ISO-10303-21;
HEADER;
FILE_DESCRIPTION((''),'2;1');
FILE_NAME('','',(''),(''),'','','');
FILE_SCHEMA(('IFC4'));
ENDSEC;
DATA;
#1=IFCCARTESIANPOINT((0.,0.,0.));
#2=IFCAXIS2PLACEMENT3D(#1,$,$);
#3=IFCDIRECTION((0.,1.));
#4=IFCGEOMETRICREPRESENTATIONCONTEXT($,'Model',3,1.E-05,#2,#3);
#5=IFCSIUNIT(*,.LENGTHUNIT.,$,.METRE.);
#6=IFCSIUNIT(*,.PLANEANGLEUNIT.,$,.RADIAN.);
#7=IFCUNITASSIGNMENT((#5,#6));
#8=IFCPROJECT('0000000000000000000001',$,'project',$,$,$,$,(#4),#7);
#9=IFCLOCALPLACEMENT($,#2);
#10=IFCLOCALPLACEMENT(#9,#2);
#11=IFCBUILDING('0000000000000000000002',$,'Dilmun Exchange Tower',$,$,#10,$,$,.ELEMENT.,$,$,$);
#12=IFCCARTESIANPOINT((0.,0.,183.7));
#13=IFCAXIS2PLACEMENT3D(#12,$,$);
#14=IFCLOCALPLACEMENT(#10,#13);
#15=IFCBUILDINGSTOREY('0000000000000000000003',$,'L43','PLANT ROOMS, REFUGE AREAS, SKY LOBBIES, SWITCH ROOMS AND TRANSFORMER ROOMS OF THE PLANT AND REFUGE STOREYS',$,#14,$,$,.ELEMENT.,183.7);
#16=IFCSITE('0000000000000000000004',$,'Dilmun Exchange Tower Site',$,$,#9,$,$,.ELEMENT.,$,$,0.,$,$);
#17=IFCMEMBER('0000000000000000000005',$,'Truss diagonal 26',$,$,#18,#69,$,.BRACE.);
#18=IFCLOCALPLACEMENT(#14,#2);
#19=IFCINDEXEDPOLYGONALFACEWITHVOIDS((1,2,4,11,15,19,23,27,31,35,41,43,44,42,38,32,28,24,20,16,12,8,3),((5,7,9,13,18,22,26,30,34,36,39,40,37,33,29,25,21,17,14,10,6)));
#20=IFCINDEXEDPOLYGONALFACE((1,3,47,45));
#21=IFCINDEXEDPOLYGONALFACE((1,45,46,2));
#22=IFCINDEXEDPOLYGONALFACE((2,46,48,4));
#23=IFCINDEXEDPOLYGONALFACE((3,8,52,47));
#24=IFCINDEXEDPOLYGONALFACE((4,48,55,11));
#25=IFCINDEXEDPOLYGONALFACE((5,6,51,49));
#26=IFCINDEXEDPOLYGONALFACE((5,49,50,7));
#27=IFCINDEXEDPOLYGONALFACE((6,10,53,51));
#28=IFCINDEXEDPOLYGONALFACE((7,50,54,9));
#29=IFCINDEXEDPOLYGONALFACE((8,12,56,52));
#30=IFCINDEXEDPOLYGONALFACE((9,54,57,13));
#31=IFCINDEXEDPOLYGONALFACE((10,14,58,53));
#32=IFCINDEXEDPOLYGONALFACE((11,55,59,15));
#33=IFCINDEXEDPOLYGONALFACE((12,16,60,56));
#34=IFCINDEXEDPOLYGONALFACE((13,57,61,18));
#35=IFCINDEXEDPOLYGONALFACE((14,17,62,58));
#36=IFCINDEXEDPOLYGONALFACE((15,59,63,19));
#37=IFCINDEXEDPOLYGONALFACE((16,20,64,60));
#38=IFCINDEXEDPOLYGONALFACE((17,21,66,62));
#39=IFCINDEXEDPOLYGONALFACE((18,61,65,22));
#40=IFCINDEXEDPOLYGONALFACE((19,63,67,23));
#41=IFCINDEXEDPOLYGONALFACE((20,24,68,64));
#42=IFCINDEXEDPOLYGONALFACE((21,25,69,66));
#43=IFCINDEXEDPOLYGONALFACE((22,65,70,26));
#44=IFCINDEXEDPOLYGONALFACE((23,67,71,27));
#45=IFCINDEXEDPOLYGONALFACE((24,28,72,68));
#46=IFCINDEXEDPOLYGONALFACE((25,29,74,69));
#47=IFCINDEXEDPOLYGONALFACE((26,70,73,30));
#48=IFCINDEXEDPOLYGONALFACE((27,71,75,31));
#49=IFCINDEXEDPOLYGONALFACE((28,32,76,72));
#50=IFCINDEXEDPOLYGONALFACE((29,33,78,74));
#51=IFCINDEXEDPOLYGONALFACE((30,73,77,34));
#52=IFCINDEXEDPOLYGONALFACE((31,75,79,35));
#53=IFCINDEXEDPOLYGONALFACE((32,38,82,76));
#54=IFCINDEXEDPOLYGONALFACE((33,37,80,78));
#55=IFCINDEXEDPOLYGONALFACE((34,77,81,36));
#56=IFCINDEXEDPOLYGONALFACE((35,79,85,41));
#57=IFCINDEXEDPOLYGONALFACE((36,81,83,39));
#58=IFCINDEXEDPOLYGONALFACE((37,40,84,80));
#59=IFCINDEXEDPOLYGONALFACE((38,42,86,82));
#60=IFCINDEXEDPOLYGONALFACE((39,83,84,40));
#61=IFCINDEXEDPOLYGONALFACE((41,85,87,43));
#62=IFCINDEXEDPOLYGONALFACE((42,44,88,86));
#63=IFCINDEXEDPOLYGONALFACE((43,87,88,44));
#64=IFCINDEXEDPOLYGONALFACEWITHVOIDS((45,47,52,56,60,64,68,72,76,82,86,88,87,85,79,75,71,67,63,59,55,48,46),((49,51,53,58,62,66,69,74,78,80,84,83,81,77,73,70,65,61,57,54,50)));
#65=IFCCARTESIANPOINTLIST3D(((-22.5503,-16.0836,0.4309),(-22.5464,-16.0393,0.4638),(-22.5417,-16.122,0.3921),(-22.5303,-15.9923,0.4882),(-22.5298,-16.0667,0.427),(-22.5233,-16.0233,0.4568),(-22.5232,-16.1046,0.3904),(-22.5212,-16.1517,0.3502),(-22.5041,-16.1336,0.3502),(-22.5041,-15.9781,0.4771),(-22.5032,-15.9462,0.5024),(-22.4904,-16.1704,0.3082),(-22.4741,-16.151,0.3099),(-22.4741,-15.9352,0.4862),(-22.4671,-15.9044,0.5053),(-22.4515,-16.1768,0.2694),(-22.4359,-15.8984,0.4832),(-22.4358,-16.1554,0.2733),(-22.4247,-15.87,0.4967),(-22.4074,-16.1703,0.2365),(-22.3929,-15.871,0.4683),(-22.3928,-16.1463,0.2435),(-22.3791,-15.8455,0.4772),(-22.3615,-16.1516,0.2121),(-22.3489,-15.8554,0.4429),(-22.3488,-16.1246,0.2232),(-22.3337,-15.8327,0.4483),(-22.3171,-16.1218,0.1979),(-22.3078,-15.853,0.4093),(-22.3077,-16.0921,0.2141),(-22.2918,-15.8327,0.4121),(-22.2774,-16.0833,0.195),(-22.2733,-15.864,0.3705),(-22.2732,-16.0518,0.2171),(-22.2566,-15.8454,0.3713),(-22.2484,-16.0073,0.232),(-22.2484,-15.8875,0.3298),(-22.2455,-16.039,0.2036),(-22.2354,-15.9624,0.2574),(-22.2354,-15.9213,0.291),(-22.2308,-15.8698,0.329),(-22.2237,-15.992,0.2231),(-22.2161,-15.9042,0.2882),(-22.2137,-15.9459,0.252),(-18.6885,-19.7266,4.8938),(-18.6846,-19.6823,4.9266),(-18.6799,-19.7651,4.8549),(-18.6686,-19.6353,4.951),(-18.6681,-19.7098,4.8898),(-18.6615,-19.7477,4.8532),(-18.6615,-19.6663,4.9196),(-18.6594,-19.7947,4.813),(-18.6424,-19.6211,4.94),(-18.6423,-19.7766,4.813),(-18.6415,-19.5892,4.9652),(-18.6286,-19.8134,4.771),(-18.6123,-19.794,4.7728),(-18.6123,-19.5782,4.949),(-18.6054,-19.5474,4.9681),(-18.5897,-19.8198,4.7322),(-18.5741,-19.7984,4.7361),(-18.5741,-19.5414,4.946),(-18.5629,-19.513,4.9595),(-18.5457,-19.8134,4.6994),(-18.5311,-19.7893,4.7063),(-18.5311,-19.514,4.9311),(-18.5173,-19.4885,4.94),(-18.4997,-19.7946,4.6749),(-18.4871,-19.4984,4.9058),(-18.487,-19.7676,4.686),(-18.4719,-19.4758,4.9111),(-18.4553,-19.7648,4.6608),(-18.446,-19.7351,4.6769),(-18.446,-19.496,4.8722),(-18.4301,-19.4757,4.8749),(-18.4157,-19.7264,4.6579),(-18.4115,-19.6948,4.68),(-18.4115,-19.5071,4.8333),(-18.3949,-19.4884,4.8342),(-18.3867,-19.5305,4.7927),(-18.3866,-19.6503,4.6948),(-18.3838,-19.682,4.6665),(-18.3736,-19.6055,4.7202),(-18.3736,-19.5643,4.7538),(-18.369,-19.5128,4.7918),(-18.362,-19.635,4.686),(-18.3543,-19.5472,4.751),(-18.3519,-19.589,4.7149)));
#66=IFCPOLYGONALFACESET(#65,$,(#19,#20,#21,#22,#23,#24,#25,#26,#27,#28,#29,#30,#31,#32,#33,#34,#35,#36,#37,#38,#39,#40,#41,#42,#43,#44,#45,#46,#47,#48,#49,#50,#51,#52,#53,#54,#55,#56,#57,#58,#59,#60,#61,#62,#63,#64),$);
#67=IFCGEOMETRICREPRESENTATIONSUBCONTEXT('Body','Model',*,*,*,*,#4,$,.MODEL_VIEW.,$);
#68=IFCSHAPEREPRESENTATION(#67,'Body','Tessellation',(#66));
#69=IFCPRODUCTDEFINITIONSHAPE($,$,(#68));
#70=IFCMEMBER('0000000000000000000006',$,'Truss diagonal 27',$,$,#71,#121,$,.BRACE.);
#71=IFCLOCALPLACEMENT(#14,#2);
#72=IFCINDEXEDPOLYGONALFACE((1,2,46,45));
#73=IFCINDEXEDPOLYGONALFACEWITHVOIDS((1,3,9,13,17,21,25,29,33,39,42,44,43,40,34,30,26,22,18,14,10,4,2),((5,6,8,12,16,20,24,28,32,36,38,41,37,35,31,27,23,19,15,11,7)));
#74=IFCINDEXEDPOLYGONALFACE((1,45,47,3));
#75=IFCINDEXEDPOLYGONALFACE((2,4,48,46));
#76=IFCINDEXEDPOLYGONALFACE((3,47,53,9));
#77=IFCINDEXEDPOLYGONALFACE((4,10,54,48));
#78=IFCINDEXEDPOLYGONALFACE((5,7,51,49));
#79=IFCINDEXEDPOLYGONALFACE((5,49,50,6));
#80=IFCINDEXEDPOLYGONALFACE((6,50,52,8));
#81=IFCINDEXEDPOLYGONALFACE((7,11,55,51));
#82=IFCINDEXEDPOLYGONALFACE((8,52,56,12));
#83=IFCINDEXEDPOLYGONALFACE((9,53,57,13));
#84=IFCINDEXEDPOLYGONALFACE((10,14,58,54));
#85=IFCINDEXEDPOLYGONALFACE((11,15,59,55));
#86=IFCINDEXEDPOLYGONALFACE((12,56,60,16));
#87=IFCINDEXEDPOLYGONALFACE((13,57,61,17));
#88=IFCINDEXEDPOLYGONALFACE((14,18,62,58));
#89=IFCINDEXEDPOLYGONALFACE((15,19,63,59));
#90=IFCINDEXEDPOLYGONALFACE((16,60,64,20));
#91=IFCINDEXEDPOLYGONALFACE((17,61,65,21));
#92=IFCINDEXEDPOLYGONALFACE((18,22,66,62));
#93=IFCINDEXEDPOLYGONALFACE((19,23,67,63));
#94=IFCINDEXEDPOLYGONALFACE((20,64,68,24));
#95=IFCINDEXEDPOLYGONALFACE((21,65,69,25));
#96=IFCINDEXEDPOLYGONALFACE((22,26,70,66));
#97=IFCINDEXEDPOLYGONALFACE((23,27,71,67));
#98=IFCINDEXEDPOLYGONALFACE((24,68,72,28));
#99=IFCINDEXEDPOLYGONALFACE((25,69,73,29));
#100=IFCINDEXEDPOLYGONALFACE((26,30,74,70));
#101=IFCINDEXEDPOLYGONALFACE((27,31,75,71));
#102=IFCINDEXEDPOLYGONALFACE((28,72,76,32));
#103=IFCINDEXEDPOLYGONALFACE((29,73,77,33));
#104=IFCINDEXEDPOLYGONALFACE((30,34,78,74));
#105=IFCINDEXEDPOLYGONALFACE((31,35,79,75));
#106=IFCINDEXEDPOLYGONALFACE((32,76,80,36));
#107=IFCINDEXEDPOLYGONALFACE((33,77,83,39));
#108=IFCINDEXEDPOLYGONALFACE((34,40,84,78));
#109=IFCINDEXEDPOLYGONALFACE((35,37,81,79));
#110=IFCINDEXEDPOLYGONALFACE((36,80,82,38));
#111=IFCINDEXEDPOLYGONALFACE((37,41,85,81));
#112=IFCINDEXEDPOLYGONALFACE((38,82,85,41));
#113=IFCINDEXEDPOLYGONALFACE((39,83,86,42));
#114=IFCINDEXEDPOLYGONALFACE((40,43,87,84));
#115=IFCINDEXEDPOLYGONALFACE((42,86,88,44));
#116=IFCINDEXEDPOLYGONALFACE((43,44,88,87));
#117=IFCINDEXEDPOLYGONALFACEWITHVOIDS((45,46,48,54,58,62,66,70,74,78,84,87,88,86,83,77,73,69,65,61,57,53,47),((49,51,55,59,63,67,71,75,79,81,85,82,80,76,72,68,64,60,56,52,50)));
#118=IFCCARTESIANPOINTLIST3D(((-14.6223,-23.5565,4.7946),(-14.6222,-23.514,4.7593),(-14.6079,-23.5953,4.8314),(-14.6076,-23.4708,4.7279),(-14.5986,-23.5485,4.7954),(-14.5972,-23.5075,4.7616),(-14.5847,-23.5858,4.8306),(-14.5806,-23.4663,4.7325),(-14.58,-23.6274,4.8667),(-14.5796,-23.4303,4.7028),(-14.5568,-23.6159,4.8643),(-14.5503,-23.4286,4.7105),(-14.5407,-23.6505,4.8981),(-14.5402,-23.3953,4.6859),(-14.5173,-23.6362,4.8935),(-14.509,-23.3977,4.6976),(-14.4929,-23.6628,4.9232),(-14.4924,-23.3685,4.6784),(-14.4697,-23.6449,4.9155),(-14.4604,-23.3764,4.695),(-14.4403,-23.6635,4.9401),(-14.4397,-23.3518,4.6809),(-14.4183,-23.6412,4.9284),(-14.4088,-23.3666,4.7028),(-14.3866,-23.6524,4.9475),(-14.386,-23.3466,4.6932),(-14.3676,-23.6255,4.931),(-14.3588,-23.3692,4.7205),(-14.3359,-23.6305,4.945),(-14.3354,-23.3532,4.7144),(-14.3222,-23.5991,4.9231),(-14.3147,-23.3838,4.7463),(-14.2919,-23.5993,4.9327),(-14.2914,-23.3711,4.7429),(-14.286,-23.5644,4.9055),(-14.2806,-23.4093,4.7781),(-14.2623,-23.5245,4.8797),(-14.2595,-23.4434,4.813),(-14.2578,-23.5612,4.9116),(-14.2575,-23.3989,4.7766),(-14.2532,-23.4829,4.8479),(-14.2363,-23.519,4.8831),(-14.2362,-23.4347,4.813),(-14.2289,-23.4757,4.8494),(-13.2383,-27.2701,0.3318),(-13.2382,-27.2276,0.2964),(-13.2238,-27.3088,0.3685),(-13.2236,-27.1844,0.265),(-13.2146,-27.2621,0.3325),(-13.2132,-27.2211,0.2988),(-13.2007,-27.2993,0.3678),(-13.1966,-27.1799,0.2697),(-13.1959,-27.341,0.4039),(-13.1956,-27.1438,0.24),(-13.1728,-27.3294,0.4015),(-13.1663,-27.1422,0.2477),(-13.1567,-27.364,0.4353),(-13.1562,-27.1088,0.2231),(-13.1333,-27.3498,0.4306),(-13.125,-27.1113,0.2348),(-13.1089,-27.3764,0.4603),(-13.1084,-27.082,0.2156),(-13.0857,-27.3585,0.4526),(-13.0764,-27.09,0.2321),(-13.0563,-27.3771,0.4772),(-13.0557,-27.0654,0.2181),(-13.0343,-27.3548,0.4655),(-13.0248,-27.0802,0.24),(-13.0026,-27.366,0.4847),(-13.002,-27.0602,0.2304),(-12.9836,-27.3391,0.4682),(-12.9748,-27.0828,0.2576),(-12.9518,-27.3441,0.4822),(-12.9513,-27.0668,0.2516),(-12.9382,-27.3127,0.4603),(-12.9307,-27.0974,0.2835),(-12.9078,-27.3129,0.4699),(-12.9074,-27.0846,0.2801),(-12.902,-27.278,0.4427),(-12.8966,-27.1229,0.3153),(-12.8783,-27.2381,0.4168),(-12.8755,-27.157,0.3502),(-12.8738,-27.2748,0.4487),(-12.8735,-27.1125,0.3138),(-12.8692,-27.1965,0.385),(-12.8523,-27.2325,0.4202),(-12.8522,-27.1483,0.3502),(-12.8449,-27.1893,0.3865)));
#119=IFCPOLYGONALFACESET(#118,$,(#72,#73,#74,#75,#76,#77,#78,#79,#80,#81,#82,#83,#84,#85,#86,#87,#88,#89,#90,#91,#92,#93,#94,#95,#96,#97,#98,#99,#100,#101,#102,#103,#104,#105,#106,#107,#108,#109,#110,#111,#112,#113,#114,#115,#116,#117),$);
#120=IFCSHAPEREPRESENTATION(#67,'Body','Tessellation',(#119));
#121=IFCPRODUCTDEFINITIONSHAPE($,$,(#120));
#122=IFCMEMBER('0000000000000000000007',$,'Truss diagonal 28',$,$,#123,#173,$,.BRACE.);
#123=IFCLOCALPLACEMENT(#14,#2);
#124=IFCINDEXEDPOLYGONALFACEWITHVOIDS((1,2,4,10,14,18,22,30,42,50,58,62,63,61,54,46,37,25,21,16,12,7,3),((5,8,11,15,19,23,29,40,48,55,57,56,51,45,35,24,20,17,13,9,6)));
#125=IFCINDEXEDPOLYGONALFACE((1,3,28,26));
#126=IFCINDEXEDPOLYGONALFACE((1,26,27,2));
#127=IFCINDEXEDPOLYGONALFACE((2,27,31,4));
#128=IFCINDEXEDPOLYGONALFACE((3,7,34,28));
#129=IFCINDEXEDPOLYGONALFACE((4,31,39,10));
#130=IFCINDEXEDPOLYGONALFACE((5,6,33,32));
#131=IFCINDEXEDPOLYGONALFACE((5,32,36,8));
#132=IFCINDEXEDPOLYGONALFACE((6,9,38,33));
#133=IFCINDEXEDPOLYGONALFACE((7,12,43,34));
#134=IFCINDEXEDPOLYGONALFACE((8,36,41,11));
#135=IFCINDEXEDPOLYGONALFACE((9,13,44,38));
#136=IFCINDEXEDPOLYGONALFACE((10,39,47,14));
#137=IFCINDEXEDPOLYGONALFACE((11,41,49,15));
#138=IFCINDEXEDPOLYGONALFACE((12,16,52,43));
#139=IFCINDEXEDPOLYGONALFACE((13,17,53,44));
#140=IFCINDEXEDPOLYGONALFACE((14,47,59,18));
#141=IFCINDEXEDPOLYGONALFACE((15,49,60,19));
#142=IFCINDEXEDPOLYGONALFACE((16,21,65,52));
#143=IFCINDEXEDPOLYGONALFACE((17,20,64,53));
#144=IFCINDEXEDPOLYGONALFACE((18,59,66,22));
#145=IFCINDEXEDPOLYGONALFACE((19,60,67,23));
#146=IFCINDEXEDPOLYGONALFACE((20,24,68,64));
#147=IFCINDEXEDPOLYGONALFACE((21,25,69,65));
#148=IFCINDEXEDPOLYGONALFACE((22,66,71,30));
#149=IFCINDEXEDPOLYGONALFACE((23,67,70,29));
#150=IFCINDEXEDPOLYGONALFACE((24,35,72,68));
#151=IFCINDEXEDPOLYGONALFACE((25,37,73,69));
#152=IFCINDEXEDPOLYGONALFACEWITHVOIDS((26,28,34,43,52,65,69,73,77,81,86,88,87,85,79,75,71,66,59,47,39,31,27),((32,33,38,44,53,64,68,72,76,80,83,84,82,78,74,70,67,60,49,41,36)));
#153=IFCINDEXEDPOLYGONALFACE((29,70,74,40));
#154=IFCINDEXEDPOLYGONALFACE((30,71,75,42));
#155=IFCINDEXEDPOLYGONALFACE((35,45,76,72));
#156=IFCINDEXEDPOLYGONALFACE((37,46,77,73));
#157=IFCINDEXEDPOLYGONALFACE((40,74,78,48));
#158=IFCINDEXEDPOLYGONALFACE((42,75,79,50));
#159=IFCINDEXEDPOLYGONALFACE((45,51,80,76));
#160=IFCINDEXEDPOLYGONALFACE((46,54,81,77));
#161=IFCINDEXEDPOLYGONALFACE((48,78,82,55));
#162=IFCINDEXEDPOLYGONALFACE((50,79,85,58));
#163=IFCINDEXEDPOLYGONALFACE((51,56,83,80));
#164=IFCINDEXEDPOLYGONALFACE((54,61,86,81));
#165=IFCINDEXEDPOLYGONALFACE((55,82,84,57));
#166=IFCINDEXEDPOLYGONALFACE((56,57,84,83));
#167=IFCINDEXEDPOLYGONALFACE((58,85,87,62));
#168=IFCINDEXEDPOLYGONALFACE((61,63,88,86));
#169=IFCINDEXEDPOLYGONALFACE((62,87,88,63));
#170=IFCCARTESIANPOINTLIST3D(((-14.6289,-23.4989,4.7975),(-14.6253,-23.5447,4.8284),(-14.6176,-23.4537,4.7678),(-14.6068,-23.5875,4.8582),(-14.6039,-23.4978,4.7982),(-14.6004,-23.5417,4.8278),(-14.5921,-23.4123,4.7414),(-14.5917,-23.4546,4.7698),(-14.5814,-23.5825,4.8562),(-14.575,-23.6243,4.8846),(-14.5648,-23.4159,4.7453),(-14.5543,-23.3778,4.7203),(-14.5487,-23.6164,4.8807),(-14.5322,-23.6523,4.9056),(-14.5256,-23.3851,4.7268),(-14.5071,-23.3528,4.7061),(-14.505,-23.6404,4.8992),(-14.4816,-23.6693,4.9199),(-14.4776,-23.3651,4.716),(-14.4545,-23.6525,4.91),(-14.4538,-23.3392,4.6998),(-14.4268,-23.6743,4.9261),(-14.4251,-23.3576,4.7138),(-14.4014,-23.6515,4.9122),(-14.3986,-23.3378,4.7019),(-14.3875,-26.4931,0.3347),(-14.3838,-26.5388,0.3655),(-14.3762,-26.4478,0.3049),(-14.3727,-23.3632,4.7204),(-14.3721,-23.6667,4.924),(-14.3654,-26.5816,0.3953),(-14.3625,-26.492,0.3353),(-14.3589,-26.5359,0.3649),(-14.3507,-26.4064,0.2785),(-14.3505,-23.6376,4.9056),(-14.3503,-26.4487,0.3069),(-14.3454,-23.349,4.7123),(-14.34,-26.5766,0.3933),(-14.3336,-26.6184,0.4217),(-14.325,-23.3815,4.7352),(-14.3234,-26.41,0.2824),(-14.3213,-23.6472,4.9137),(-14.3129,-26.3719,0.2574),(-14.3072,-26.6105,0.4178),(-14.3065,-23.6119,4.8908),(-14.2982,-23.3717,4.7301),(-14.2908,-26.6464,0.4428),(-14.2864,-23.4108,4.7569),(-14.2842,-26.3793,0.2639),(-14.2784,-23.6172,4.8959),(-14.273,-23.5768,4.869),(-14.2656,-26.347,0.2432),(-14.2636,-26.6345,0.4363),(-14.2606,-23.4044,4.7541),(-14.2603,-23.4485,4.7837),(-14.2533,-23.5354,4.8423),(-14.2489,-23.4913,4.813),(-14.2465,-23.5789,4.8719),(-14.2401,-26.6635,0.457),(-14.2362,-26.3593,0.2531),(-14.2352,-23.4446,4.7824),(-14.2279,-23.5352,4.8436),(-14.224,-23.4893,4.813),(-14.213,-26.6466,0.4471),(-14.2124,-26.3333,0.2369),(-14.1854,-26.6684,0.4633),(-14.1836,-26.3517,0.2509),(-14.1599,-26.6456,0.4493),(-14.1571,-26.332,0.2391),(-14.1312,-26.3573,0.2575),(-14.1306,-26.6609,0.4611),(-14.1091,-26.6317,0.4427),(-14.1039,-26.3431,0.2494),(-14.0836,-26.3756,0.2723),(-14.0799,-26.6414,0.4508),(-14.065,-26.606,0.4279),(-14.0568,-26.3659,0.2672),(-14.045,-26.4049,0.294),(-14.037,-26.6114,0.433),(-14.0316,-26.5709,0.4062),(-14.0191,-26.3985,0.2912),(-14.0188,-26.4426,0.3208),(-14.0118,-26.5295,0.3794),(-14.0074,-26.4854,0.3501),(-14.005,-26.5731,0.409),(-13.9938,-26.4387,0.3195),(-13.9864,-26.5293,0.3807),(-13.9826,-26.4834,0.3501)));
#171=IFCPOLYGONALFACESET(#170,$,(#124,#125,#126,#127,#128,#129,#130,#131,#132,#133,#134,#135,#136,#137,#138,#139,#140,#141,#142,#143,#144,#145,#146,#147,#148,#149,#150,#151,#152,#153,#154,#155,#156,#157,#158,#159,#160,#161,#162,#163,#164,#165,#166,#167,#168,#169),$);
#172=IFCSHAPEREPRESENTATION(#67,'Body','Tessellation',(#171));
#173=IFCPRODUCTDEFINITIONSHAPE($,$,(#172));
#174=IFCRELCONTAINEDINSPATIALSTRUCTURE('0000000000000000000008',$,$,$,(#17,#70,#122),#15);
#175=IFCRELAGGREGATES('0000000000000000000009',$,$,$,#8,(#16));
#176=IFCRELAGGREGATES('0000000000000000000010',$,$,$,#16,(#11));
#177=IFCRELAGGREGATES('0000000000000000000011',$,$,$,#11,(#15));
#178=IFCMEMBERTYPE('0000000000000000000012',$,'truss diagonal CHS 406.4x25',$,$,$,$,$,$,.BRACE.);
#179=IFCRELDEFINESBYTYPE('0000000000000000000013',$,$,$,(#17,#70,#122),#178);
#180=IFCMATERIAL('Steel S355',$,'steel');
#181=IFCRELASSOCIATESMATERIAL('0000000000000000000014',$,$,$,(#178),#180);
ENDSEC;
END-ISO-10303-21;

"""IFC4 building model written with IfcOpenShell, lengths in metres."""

from ifc_helpers import new_model, si_unit, direction, frame, origin, origin_2d, place, context, subcontext, project, spatial, hollow_circle, extrude, material, material_profile, profile_set, type_object, element, save


model = new_model("IFC4")

# Units and contexts
model_context = context("Model", 3, precision=1e-05, world=origin(), true_north=direction((0.0, 1.0)))
body_context = subcontext(model_context, "Body", "Model", "MODEL_VIEW")
ifc_project = project(units=[si_unit("LENGTHUNIT", "METRE"), si_unit("PLANEANGLEUNIT", "RADIAN")], contexts=[model_context])

# Site, building, storey
site_placement = place(None, origin())
site = spatial("IfcSite", under=ifc_project, at=site_placement, Name="Dilmun Exchange Tower Site", CompositionType="ELEMENT", RefElevation=0.0)
building_placement = place(site_placement, origin())
building = spatial("IfcBuilding", under=site, at=building_placement, Name="Dilmun Exchange Tower", CompositionType="ELEMENT")
storey_placement = place(building_placement, frame((0.0, 0.0, 183.7)))
storey = spatial("IfcBuildingStorey", under=building, at=storey_placement, Name="L43", Description="PLANT ROOMS, REFUGE AREAS, SKY LOBBIES, SWITCH ROOMS AND TRANSFORMER ROOMS OF THE PLANT AND REFUGE STOREYS", CompositionType="ELEMENT", Elevation=183.7)

# Shared definitions
ifc_material_1 = material(Name="Steel S355", Category="steel")

# Members
ifc_material_profile_1 = material_profile(ifc_material_1, hollow_circle(Radius=0.2031, WallThickness=0.0249, at=origin_2d()), Name="CHS 406.4x25")
ifc_profile_set_1 = profile_set([ifc_material_profile_1], Name="Steel S355")
member_type = type_object("IfcMemberType", Name="truss diagonal CHS 406.4x25", PredefinedType="BRACE", material=ifc_profile_set_1)
member_1_placement = place(storey_placement, frame((-18.52, -19.647, 4.813), z_axis=(-0.556808, 0.525268, -0.643473), x_axis=(-0.686205, -0.727408, 0.0)))
element("IfcMember", 1, at=member_1_placement, inside=storey, type_object=member_type, Name="Truss diagonal 26", PredefinedType="BRACE", context=body_context, shape_type="SweptSolid", body=[
    extrude(hollow_circle(Radius=0.2031, WallThickness=0.0249, at=origin_2d()), origin(), (0.0, 0.0, 1.0), 6.9355),
])
member_2_placement = place(storey_placement, frame((-14.4265, -23.5056, 4.813), z_axis=(0.231887, -0.622195, -0.747731), x_axis=(0.937039, 0.349226, 0.0)))
element("IfcMember", 2, at=member_2_placement, inside=storey, type_object=member_type, Name="Truss diagonal 27", PredefinedType="BRACE", context=body_context, shape_type="SweptSolid", body=[
    extrude(hollow_circle(Radius=0.2031, WallThickness=0.0249, at=origin_2d()), origin(), (0.0, 0.0, 1.0), 5.9685),
])
member_3_placement = place(storey_placement, frame((-14.4265, -23.5056, 4.813), z_axis=(0.044883, -0.556569, -0.829588), x_axis=(0.996764, 0.080382, 0.0)))
element("IfcMember", 3, at=member_3_placement, inside=storey, type_object=member_type, Name="Truss diagonal 28", PredefinedType="BRACE", context=body_context, shape_type="SweptSolid", body=[
    extrude(hollow_circle(Radius=0.2031, WallThickness=0.0249, at=origin_2d()), origin(), (0.0, 0.0, 1.0), 5.3796),
])

save(model, "model.ifc")
